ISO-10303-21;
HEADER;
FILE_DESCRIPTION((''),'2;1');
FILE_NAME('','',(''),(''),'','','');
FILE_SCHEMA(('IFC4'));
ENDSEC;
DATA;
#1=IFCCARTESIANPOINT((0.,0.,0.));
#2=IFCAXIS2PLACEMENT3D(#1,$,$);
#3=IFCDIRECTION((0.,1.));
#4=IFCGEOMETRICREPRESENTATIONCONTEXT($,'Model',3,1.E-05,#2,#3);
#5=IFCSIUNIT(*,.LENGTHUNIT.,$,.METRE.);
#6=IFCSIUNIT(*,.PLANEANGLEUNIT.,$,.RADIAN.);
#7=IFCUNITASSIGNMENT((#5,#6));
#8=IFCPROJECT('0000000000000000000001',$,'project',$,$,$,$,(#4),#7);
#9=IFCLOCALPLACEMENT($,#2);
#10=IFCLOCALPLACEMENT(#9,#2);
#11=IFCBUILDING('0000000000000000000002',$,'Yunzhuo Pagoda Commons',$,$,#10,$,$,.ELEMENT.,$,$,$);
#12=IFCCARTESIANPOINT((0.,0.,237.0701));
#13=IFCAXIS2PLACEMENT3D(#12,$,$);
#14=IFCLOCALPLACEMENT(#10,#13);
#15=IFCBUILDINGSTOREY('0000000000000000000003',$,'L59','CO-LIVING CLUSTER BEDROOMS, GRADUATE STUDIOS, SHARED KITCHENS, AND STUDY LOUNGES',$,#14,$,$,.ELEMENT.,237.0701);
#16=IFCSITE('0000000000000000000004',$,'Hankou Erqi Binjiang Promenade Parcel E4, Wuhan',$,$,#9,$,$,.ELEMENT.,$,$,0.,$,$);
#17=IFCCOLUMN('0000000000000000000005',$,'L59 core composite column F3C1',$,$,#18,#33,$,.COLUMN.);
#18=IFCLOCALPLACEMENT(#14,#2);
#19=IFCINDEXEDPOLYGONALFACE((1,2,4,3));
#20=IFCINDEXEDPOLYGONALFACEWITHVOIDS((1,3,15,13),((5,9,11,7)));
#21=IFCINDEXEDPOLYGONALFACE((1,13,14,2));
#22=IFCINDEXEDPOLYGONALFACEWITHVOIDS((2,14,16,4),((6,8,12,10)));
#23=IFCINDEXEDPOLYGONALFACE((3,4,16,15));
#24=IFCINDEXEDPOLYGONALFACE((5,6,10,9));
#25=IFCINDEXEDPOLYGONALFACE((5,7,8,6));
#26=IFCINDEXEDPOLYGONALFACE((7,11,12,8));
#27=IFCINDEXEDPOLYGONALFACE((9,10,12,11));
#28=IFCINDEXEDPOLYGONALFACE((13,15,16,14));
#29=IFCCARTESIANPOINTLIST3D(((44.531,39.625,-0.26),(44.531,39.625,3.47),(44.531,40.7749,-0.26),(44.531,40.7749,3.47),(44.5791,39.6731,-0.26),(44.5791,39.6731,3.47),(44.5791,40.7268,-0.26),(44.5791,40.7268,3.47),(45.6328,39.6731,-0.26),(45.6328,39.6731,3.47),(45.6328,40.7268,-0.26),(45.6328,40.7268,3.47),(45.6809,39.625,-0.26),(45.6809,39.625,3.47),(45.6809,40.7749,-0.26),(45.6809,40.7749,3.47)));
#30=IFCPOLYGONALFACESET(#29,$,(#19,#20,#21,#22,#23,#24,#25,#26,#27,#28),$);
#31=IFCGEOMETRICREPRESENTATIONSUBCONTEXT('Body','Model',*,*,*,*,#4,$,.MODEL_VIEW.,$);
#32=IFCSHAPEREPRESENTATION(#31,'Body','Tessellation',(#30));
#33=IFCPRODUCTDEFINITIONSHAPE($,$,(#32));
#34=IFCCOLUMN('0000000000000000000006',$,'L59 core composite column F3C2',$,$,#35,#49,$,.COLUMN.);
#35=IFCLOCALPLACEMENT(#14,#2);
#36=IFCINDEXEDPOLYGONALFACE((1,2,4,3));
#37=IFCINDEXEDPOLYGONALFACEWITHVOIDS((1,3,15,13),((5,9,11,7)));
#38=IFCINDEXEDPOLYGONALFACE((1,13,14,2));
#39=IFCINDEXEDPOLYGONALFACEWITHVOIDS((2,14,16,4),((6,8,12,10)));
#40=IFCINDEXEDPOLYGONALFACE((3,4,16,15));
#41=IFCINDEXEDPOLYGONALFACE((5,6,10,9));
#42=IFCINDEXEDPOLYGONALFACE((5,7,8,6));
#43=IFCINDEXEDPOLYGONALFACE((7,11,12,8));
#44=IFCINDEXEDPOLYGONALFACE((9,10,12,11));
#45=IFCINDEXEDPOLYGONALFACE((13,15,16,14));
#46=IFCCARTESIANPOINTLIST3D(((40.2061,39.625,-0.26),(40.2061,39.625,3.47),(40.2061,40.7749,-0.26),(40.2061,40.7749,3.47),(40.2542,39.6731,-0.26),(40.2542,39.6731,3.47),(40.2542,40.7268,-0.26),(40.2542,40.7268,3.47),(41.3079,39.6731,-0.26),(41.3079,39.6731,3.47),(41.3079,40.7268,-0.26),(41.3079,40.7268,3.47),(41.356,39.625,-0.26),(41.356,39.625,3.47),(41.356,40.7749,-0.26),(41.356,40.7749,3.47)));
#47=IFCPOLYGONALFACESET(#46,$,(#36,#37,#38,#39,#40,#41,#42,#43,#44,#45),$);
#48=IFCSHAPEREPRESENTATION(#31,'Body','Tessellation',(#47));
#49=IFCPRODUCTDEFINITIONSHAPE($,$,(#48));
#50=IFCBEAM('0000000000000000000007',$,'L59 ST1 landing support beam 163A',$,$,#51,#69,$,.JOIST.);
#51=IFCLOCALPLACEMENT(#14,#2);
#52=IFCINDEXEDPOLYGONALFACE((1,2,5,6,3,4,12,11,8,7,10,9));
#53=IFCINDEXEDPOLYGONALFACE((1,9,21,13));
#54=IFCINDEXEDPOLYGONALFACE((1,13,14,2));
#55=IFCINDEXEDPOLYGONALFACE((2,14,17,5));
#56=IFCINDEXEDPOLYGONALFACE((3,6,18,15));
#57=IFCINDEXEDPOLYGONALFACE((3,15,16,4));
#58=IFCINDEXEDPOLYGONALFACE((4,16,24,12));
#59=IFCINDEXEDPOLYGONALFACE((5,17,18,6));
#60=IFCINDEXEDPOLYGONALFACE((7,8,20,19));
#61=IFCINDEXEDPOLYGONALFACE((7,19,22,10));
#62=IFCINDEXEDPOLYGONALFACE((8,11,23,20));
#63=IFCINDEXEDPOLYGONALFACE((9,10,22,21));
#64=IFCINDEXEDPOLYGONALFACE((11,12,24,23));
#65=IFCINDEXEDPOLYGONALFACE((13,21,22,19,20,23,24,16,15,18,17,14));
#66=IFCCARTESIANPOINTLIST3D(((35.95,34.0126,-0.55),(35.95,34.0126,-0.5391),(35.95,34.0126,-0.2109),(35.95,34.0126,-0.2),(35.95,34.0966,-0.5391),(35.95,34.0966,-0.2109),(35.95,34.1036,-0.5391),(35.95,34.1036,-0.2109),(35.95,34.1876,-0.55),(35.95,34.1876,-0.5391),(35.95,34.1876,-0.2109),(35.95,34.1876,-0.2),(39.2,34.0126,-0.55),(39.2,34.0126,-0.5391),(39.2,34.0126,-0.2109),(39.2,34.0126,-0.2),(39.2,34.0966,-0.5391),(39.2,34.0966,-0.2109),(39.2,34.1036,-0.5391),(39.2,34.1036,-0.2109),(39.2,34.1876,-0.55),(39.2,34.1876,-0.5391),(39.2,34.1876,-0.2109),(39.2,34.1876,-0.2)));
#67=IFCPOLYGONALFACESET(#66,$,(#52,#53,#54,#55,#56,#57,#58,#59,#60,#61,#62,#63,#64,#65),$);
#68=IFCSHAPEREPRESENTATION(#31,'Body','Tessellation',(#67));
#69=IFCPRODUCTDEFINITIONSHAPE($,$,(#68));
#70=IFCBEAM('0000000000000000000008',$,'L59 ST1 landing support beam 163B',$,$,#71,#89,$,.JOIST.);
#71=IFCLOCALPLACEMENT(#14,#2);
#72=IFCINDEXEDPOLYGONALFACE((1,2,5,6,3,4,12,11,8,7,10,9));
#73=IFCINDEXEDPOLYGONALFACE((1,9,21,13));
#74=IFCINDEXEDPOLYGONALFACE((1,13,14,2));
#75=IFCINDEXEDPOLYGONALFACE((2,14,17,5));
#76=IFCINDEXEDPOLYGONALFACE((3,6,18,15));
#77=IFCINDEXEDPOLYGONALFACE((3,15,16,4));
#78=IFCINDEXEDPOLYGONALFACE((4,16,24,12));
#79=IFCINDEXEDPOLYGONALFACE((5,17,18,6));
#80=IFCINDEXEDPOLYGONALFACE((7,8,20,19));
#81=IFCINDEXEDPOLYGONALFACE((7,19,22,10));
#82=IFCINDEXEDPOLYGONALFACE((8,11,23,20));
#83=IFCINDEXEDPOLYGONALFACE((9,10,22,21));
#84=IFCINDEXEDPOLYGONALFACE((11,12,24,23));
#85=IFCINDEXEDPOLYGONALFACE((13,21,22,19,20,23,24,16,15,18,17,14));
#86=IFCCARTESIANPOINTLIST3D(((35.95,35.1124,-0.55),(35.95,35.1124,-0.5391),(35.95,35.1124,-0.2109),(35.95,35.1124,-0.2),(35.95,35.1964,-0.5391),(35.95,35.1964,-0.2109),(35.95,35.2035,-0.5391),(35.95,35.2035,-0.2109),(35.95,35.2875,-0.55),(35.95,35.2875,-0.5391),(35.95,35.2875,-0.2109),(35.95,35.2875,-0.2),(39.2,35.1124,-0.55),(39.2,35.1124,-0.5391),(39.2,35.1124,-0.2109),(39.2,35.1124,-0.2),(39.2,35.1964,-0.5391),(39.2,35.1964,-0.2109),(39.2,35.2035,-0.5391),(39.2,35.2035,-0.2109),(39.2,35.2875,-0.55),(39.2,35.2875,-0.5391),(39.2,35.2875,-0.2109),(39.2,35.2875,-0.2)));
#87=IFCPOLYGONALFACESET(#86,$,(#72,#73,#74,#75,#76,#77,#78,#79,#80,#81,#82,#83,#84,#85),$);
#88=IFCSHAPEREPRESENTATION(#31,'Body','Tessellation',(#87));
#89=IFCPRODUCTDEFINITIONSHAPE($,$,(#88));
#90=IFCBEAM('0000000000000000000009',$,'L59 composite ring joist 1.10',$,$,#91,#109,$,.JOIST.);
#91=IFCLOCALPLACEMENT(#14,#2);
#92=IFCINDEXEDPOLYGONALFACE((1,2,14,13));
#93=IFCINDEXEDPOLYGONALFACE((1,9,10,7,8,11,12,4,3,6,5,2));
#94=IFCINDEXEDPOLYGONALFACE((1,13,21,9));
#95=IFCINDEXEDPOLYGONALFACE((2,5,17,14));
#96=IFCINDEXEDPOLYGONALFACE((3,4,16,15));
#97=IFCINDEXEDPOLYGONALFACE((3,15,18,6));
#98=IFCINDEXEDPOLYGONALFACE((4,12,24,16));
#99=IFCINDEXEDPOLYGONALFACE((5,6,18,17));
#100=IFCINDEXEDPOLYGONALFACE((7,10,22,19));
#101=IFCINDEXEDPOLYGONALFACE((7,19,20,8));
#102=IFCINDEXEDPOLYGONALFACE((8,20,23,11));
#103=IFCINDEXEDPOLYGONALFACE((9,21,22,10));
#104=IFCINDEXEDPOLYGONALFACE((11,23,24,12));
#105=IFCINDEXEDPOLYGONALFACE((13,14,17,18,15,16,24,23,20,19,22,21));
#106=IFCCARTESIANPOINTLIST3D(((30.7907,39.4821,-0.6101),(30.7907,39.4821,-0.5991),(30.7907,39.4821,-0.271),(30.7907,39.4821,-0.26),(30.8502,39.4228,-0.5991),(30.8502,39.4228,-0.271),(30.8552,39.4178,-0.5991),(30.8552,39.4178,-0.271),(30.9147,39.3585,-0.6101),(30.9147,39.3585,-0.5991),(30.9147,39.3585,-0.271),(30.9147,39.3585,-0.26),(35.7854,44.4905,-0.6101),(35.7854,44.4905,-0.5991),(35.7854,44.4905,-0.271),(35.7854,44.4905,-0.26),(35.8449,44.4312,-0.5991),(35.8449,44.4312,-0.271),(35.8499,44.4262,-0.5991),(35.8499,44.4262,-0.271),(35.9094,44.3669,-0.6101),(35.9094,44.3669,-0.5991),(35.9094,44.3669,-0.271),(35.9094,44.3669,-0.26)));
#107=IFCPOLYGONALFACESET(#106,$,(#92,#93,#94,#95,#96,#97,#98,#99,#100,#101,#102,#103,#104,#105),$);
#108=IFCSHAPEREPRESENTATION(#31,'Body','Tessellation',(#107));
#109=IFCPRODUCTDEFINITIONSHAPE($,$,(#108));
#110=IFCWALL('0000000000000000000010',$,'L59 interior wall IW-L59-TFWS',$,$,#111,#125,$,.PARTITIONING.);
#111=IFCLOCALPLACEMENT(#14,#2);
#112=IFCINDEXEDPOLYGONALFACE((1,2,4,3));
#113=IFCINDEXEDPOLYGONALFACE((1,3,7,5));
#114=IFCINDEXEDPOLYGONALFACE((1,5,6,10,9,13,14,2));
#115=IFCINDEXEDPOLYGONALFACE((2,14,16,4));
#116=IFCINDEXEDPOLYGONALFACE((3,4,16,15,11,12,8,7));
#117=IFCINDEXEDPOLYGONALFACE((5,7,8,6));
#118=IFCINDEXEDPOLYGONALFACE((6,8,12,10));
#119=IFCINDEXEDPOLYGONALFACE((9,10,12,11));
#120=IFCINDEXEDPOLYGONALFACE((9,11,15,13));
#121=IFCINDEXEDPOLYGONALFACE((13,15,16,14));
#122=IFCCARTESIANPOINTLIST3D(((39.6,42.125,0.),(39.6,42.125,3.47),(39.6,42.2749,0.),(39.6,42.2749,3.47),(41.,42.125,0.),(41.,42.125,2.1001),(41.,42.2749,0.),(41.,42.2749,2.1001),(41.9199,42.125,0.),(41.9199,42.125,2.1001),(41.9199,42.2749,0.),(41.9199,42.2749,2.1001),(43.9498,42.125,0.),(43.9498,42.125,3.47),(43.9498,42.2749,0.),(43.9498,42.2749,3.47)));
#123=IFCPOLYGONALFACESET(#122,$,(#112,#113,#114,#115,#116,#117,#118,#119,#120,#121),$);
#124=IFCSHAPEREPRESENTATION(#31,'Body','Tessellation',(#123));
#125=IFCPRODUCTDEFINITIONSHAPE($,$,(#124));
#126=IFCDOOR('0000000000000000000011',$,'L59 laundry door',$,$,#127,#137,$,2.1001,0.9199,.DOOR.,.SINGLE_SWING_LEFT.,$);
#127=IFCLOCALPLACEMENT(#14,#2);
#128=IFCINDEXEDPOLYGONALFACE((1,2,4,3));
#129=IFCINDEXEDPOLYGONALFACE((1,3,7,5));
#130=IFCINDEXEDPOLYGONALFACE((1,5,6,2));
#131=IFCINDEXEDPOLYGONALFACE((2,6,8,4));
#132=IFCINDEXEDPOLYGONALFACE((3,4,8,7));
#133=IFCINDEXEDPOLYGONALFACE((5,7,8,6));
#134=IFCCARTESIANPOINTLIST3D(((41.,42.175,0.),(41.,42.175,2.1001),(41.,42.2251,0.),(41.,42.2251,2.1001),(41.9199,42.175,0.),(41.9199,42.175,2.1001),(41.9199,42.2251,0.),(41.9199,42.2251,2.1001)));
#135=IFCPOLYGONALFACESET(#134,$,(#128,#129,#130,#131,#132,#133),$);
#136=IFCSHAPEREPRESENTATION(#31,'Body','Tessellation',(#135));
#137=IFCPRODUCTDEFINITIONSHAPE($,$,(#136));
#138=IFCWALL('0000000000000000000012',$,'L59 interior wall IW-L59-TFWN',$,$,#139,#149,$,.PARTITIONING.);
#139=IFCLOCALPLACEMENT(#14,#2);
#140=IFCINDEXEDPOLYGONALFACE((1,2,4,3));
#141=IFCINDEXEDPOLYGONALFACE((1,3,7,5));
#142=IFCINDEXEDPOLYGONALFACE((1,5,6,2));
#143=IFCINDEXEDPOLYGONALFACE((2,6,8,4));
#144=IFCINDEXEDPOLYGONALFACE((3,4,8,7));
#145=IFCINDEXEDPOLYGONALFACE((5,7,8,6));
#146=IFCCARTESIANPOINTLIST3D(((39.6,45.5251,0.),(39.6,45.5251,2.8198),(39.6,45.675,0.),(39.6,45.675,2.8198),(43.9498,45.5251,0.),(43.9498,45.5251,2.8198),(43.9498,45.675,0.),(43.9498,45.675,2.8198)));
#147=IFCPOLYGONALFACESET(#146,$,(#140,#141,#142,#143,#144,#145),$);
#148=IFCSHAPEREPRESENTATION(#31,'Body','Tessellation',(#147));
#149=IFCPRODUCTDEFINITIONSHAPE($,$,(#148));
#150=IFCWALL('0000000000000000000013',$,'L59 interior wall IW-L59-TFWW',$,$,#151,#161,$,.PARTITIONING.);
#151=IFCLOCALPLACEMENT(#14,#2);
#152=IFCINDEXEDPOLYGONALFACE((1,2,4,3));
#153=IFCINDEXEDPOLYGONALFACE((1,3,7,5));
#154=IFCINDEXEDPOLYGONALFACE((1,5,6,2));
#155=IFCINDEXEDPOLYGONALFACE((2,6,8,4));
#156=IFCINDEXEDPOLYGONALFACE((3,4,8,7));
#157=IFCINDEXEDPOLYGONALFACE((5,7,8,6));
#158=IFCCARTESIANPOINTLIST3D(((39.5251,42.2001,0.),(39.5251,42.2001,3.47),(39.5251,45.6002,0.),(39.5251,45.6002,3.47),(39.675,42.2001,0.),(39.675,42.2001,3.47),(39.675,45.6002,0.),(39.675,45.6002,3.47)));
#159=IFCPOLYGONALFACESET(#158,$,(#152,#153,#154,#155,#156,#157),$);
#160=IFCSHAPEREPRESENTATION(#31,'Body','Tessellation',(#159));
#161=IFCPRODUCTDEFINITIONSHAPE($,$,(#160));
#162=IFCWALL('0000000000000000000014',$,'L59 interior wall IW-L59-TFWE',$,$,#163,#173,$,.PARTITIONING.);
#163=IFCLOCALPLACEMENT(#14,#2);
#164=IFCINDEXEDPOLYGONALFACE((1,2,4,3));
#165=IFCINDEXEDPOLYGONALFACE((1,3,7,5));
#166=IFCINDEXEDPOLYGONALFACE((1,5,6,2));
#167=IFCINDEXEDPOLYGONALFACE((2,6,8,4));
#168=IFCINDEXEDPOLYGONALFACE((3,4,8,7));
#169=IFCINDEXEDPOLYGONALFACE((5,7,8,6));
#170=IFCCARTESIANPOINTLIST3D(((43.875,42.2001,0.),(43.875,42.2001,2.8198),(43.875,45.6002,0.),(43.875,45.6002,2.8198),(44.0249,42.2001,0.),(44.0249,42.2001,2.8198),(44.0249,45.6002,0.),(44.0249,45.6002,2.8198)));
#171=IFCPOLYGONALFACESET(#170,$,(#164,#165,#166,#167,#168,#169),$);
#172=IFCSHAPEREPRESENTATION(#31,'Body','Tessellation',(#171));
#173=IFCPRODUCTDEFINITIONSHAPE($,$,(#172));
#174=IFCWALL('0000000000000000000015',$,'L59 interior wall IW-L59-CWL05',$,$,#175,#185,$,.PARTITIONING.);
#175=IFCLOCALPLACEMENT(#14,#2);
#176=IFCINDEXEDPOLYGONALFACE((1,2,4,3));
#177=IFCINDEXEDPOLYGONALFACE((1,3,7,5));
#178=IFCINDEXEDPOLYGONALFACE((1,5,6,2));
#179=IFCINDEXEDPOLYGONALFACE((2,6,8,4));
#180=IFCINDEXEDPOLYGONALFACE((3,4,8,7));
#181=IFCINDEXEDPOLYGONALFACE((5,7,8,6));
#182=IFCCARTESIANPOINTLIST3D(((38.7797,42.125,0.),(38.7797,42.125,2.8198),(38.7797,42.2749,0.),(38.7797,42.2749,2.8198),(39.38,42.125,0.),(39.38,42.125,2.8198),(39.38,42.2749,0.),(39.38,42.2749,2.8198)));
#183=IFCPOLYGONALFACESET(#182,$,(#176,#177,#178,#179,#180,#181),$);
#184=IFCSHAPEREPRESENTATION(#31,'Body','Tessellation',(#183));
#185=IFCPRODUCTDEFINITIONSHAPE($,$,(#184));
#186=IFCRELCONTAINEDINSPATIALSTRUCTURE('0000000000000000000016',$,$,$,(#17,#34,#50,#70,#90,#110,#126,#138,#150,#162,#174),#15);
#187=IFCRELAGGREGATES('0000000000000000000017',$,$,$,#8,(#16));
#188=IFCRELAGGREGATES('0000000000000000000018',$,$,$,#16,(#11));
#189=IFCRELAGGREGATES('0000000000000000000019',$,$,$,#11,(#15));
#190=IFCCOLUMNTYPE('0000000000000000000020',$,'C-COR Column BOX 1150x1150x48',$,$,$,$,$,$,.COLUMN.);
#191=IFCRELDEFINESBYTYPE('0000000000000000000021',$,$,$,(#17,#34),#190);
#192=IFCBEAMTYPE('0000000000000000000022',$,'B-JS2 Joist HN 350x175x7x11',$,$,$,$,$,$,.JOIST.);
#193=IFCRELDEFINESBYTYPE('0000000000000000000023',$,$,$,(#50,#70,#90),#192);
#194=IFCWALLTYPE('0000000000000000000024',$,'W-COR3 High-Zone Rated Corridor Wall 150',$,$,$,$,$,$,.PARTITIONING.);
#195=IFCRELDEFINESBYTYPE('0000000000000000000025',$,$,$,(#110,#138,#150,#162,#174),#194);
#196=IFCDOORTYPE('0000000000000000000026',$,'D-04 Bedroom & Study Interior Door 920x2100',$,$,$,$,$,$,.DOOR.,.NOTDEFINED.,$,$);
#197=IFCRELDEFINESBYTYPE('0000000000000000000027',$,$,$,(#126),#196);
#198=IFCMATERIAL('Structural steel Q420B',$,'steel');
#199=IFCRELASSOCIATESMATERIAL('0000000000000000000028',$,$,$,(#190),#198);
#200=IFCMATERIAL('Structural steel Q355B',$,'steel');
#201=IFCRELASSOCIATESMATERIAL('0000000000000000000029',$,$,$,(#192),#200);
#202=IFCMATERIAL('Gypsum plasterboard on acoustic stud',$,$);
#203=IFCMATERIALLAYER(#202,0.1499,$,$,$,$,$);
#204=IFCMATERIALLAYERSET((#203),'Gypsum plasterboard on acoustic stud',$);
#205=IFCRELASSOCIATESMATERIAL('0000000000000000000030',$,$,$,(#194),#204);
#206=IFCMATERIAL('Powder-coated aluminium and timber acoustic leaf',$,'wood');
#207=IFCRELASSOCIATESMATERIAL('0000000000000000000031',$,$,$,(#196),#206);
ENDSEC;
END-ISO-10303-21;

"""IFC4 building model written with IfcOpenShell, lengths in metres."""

from ifc_helpers import new_model, si_unit, direction, frame, frame_2d, origin, origin_2d, place, context, subcontext, project, spatial, rectangle, hollow_rectangle, i_section, extrude, source, transform, mapped, material, layer, layer_set, material_profile, profile_set, type_object, element, fill, save


model = new_model("IFC4")

# Units and contexts
model_context = context("Model", 3, precision=1e-05, world=origin(), true_north=direction((0.0, 1.0)))
body_context = subcontext(model_context, "Body", "Model", "MODEL_VIEW")
ifc_project = project(units=[si_unit("LENGTHUNIT", "METRE"), si_unit("PLANEANGLEUNIT", "RADIAN")], contexts=[model_context])

# Site, building, storey
site_placement = place(None, origin())
site = spatial("IfcSite", under=ifc_project, at=site_placement, Name="Hankou Erqi Binjiang Promenade Parcel E4, Wuhan", CompositionType="ELEMENT", RefElevation=0.0)
building_placement = place(site_placement, origin())
building = spatial("IfcBuilding", under=site, at=building_placement, Name="Yunzhuo Pagoda Commons", CompositionType="ELEMENT")
storey_placement = place(building_placement, frame((0.0, 0.0, 237.0701)))
storey = spatial("IfcBuildingStorey", under=building, at=storey_placement, Name="L59", Description="CO-LIVING CLUSTER BEDROOMS, GRADUATE STUDIOS, SHARED KITCHENS, AND STUDY LOUNGES", CompositionType="ELEMENT", Elevation=237.0701)

# Columns
ifc_material_1 = material(Name="Structural steel Q420B", Category="steel")
ifc_material_profile_1 = material_profile(ifc_material_1, hollow_rectangle(XDim=1.1499, YDim=1.1499, WallThickness=0.0481, at=origin_2d()), Name="Structural steel Q420B")
ifc_profile_set_1 = profile_set([ifc_material_profile_1], Name="Structural steel Q420B")
column_type = type_object("IfcColumnType", Name="C-COR Column BOX 1150x1150x48", PredefinedType="COLUMN", material=ifc_profile_set_1)
shared_shape_1 = source(origin(), body_context, "Body", "SweptSolid", [
    extrude(hollow_rectangle(XDim=1.1499, YDim=1.1499, WallThickness=0.0481, at=origin_2d()), origin(), (0.0, 0.0, 1.0), 3.73),
])
for number, where, z_axis, x_axis, name in (
    (1, (45.106, 40.2, -0.26), (0.0, 0.0, 1.0), (1.0, 0.0, 0.0), "L59 core composite column F3C1"),
    (2, (40.781, 40.2, -0.26), (0.0, 0.0, 1.0), (1.0, 0.0, 0.0), "L59 core composite column F3C2"),
):
    element("IfcColumn", number, at=place(storey_placement, frame(where, z_axis=z_axis, x_axis=x_axis)), inside=storey, type_object=column_type, Name=name, PredefinedType="COLUMN", context=body_context, shape_type="MappedRepresentation", body=[
        mapped(shared_shape_1, transform((0.0, 0.0, 0.0), scale=1.0)),
    ])

# Beams
ifc_material_2 = material(Name="Structural steel Q355B", Category="steel")
ifc_material_profile_2 = material_profile(ifc_material_2, i_section(OverallWidth=0.175, OverallDepth=0.3501, WebThickness=0.0071, FlangeThickness=0.011, at=origin_2d()), Name="Structural steel Q355B")
ifc_profile_set_2 = profile_set([ifc_material_profile_2], Name="Structural steel Q355B")
beam_type = type_object("IfcBeamType", Name="B-JS2 Joist HN 350x175x7x11", PredefinedType="JOIST", material=ifc_profile_set_2)
shared_shape_2 = source(origin(), body_context, "Body", "SweptSolid", [
    extrude(i_section(OverallWidth=0.175, OverallDepth=0.3501, WebThickness=0.0071, FlangeThickness=0.011, at=origin_2d()), origin(), (0.0, 0.0, 1.0), 3.25),
])
for number, where, z_axis, x_axis, name in (
    (3, (35.95, 34.1001, -0.375), (1.0, 0.0, 0.0), (0.0, 1.0, 0.0), "L59 ST1 landing support beam 163A"),
    (4, (35.95, 35.2, -0.375), (1.0, 0.0, 0.0), (0.0, 1.0, 0.0), "L59 ST1 landing support beam 163B"),
):
    element("IfcBeam", number, at=place(storey_placement, frame(where, z_axis=z_axis, x_axis=x_axis)), inside=storey, type_object=beam_type, Name=name, PredefinedType="JOIST", context=body_context, shape_type="MappedRepresentation", body=[
        mapped(shared_shape_2, transform((0.0, 0.0, 0.0), scale=1.0)),
    ])
shared_shape_3 = source(origin(), body_context, "Body", "SweptSolid", [
    extrude(i_section(OverallWidth=0.175, OverallDepth=0.3501, WebThickness=0.0071, FlangeThickness=0.011, at=origin_2d()), origin(), (0.0, 0.0, 1.0), 7.0732),
])
beam_placement = place(storey_placement, frame((35.8474, 44.4287, -0.4351), z_axis=(-0.70614, -0.708073, 0.0), x_axis=(0.708073, -0.70614, 0.0)))
element("IfcBeam", 5, at=beam_placement, inside=storey, type_object=beam_type, Name="L59 composite ring joist 1.10", PredefinedType="JOIST", context=body_context, shape_type="MappedRepresentation", body=[
    mapped(shared_shape_3, transform((0.0, 0.0, 0.0), scale=1.0)),
])

# Wall, opening, door
ifc_material_3 = material(Name="Gypsum plasterboard on acoustic stud")
ifc_layer_1 = layer(ifc_material_3, 0.1499)
ifc_layer_set_1 = layer_set([ifc_layer_1], Name="Gypsum plasterboard on acoustic stud")
wall_type_1 = type_object("IfcWallType", Name="W-COR3 High-Zone Rated Corridor Wall 150", PredefinedType="PARTITIONING", material=ifc_layer_set_1)
wall_1_placement = place(storey_placement, frame((39.6001, 42.2, 0.0), z_axis=(0.0, 0.0, 1.0), x_axis=(1.0, 0.0, 0.0)))
wall_1 = element("IfcWall", 6, at=wall_1_placement, inside=storey, type_object=wall_type_1, Name="L59 interior wall IW-L59-TFWS", PredefinedType="PARTITIONING", context=body_context, shape_type="SweptSolid", body=[
    extrude(rectangle(XDim=4.3499, YDim=0.1499, at=frame_2d((2.1748, 0.0))), origin(), (0.0, 0.0, 1.0), 3.47),
])
opening_1_placement = place(wall_1_placement, frame((1.3999, 0.0, 0.0)))
opening_1 = element("IfcOpeningElement", 7, at=opening_1_placement, cuts=wall_1, PredefinedType="OPENING", context=body_context, shape_type="SweptSolid", body=[
    extrude(rectangle(XDim=0.9199, YDim=2.1001, at=frame_2d((0.46, 1.05))), frame((0.0, 0.085, 0.0), z_axis=(0.0, -1.0, 0.0), x_axis=(1.0, 0.0, 0.0)), (0.0, 0.0, 1.0), 0.1699),
])
ifc_material_4 = material(Name="Powder-coated aluminium and timber acoustic leaf", Category="wood")
door_type_1 = type_object("IfcDoorType", Name="D-04 Bedroom & Study Interior Door 920x2100", OperationType="NOTDEFINED", PredefinedType="DOOR", material=ifc_material_4)
shared_shape_4 = source(origin(), body_context, "Body", "SweptSolid", [
    extrude(rectangle(XDim=0.9199, YDim=2.1001, at=frame_2d((0.46, 1.05))), frame((0.0, 0.0249, 0.0), z_axis=(0.0, -1.0, 0.0), x_axis=(1.0, 0.0, 0.0)), (0.0, 0.0, 1.0), 0.05),
])
door_1_placement = place(opening_1_placement, frame((0.9199, 0.0, 0.0), z_axis=(0.0, 0.0, 1.0), x_axis=(-1.0, 0.0, 0.0)))
door_1 = element("IfcDoor", 8, at=door_1_placement, inside=storey, type_object=door_type_1, Name="L59 laundry door", OperationType="SINGLE_SWING_LEFT", OverallHeight=2.1001, OverallWidth=0.9199, PredefinedType="DOOR", context=body_context, shape_type="MappedRepresentation", body=[
    mapped(shared_shape_4, transform((0.0, 0.0, 0.0), scale=1.0)),
])
fill(opening_1, door_1)

# Walls
wall_2_placement = place(storey_placement, frame((39.6001, 45.6001, 0.0), z_axis=(0.0, 0.0, 1.0), x_axis=(1.0, 0.0, 0.0)))
element("IfcWall", 9, at=wall_2_placement, inside=storey, type_object=wall_type_1, Name="L59 interior wall IW-L59-TFWN", PredefinedType="PARTITIONING", context=body_context, shape_type="SweptSolid", body=[
    extrude(rectangle(XDim=4.3499, YDim=0.1499, at=frame_2d((2.1748, 0.0))), origin(), (0.0, 0.0, 1.0), 2.8198),
])
wall_3_placement = place(storey_placement, frame((39.6001, 42.2, 0.0), z_axis=(0.0, 0.0, 1.0), x_axis=(0.0, 1.0, 0.0)))
element("IfcWall", 10, at=wall_3_placement, inside=storey, type_object=wall_type_1, Name="L59 interior wall IW-L59-TFWW", PredefinedType="PARTITIONING", context=body_context, shape_type="SweptSolid", body=[
    extrude(rectangle(XDim=3.4001, YDim=0.1499, at=frame_2d((1.7002, 0.0))), origin(), (0.0, 0.0, 1.0), 3.47),
])
wall_4_placement = place(storey_placement, frame((43.95, 42.2, 0.0), z_axis=(0.0, 0.0, 1.0), x_axis=(0.0, 1.0, 0.0)))
element("IfcWall", 11, at=wall_4_placement, inside=storey, type_object=wall_type_1, Name="L59 interior wall IW-L59-TFWE", PredefinedType="PARTITIONING", context=body_context, shape_type="SweptSolid", body=[
    extrude(rectangle(XDim=3.4001, YDim=0.1499, at=frame_2d((1.7002, 0.0))), origin(), (0.0, 0.0, 1.0), 2.8198),
])
wall_5_placement = place(storey_placement, frame((38.7795, 42.2, 0.0), z_axis=(0.0, 0.0, 1.0), x_axis=(1.0, 0.0, 0.0)))
element("IfcWall", 12, at=wall_5_placement, inside=storey, type_object=wall_type_1, Name="L59 interior wall IW-L59-CWL05", PredefinedType="PARTITIONING", context=body_context, shape_type="SweptSolid", body=[
    extrude(rectangle(XDim=0.6003, YDim=0.1499, at=frame_2d((0.3003, 0.0))), origin(), (0.0, 0.0, 1.0), 2.8198),
])

save(model, "model.ifc")
